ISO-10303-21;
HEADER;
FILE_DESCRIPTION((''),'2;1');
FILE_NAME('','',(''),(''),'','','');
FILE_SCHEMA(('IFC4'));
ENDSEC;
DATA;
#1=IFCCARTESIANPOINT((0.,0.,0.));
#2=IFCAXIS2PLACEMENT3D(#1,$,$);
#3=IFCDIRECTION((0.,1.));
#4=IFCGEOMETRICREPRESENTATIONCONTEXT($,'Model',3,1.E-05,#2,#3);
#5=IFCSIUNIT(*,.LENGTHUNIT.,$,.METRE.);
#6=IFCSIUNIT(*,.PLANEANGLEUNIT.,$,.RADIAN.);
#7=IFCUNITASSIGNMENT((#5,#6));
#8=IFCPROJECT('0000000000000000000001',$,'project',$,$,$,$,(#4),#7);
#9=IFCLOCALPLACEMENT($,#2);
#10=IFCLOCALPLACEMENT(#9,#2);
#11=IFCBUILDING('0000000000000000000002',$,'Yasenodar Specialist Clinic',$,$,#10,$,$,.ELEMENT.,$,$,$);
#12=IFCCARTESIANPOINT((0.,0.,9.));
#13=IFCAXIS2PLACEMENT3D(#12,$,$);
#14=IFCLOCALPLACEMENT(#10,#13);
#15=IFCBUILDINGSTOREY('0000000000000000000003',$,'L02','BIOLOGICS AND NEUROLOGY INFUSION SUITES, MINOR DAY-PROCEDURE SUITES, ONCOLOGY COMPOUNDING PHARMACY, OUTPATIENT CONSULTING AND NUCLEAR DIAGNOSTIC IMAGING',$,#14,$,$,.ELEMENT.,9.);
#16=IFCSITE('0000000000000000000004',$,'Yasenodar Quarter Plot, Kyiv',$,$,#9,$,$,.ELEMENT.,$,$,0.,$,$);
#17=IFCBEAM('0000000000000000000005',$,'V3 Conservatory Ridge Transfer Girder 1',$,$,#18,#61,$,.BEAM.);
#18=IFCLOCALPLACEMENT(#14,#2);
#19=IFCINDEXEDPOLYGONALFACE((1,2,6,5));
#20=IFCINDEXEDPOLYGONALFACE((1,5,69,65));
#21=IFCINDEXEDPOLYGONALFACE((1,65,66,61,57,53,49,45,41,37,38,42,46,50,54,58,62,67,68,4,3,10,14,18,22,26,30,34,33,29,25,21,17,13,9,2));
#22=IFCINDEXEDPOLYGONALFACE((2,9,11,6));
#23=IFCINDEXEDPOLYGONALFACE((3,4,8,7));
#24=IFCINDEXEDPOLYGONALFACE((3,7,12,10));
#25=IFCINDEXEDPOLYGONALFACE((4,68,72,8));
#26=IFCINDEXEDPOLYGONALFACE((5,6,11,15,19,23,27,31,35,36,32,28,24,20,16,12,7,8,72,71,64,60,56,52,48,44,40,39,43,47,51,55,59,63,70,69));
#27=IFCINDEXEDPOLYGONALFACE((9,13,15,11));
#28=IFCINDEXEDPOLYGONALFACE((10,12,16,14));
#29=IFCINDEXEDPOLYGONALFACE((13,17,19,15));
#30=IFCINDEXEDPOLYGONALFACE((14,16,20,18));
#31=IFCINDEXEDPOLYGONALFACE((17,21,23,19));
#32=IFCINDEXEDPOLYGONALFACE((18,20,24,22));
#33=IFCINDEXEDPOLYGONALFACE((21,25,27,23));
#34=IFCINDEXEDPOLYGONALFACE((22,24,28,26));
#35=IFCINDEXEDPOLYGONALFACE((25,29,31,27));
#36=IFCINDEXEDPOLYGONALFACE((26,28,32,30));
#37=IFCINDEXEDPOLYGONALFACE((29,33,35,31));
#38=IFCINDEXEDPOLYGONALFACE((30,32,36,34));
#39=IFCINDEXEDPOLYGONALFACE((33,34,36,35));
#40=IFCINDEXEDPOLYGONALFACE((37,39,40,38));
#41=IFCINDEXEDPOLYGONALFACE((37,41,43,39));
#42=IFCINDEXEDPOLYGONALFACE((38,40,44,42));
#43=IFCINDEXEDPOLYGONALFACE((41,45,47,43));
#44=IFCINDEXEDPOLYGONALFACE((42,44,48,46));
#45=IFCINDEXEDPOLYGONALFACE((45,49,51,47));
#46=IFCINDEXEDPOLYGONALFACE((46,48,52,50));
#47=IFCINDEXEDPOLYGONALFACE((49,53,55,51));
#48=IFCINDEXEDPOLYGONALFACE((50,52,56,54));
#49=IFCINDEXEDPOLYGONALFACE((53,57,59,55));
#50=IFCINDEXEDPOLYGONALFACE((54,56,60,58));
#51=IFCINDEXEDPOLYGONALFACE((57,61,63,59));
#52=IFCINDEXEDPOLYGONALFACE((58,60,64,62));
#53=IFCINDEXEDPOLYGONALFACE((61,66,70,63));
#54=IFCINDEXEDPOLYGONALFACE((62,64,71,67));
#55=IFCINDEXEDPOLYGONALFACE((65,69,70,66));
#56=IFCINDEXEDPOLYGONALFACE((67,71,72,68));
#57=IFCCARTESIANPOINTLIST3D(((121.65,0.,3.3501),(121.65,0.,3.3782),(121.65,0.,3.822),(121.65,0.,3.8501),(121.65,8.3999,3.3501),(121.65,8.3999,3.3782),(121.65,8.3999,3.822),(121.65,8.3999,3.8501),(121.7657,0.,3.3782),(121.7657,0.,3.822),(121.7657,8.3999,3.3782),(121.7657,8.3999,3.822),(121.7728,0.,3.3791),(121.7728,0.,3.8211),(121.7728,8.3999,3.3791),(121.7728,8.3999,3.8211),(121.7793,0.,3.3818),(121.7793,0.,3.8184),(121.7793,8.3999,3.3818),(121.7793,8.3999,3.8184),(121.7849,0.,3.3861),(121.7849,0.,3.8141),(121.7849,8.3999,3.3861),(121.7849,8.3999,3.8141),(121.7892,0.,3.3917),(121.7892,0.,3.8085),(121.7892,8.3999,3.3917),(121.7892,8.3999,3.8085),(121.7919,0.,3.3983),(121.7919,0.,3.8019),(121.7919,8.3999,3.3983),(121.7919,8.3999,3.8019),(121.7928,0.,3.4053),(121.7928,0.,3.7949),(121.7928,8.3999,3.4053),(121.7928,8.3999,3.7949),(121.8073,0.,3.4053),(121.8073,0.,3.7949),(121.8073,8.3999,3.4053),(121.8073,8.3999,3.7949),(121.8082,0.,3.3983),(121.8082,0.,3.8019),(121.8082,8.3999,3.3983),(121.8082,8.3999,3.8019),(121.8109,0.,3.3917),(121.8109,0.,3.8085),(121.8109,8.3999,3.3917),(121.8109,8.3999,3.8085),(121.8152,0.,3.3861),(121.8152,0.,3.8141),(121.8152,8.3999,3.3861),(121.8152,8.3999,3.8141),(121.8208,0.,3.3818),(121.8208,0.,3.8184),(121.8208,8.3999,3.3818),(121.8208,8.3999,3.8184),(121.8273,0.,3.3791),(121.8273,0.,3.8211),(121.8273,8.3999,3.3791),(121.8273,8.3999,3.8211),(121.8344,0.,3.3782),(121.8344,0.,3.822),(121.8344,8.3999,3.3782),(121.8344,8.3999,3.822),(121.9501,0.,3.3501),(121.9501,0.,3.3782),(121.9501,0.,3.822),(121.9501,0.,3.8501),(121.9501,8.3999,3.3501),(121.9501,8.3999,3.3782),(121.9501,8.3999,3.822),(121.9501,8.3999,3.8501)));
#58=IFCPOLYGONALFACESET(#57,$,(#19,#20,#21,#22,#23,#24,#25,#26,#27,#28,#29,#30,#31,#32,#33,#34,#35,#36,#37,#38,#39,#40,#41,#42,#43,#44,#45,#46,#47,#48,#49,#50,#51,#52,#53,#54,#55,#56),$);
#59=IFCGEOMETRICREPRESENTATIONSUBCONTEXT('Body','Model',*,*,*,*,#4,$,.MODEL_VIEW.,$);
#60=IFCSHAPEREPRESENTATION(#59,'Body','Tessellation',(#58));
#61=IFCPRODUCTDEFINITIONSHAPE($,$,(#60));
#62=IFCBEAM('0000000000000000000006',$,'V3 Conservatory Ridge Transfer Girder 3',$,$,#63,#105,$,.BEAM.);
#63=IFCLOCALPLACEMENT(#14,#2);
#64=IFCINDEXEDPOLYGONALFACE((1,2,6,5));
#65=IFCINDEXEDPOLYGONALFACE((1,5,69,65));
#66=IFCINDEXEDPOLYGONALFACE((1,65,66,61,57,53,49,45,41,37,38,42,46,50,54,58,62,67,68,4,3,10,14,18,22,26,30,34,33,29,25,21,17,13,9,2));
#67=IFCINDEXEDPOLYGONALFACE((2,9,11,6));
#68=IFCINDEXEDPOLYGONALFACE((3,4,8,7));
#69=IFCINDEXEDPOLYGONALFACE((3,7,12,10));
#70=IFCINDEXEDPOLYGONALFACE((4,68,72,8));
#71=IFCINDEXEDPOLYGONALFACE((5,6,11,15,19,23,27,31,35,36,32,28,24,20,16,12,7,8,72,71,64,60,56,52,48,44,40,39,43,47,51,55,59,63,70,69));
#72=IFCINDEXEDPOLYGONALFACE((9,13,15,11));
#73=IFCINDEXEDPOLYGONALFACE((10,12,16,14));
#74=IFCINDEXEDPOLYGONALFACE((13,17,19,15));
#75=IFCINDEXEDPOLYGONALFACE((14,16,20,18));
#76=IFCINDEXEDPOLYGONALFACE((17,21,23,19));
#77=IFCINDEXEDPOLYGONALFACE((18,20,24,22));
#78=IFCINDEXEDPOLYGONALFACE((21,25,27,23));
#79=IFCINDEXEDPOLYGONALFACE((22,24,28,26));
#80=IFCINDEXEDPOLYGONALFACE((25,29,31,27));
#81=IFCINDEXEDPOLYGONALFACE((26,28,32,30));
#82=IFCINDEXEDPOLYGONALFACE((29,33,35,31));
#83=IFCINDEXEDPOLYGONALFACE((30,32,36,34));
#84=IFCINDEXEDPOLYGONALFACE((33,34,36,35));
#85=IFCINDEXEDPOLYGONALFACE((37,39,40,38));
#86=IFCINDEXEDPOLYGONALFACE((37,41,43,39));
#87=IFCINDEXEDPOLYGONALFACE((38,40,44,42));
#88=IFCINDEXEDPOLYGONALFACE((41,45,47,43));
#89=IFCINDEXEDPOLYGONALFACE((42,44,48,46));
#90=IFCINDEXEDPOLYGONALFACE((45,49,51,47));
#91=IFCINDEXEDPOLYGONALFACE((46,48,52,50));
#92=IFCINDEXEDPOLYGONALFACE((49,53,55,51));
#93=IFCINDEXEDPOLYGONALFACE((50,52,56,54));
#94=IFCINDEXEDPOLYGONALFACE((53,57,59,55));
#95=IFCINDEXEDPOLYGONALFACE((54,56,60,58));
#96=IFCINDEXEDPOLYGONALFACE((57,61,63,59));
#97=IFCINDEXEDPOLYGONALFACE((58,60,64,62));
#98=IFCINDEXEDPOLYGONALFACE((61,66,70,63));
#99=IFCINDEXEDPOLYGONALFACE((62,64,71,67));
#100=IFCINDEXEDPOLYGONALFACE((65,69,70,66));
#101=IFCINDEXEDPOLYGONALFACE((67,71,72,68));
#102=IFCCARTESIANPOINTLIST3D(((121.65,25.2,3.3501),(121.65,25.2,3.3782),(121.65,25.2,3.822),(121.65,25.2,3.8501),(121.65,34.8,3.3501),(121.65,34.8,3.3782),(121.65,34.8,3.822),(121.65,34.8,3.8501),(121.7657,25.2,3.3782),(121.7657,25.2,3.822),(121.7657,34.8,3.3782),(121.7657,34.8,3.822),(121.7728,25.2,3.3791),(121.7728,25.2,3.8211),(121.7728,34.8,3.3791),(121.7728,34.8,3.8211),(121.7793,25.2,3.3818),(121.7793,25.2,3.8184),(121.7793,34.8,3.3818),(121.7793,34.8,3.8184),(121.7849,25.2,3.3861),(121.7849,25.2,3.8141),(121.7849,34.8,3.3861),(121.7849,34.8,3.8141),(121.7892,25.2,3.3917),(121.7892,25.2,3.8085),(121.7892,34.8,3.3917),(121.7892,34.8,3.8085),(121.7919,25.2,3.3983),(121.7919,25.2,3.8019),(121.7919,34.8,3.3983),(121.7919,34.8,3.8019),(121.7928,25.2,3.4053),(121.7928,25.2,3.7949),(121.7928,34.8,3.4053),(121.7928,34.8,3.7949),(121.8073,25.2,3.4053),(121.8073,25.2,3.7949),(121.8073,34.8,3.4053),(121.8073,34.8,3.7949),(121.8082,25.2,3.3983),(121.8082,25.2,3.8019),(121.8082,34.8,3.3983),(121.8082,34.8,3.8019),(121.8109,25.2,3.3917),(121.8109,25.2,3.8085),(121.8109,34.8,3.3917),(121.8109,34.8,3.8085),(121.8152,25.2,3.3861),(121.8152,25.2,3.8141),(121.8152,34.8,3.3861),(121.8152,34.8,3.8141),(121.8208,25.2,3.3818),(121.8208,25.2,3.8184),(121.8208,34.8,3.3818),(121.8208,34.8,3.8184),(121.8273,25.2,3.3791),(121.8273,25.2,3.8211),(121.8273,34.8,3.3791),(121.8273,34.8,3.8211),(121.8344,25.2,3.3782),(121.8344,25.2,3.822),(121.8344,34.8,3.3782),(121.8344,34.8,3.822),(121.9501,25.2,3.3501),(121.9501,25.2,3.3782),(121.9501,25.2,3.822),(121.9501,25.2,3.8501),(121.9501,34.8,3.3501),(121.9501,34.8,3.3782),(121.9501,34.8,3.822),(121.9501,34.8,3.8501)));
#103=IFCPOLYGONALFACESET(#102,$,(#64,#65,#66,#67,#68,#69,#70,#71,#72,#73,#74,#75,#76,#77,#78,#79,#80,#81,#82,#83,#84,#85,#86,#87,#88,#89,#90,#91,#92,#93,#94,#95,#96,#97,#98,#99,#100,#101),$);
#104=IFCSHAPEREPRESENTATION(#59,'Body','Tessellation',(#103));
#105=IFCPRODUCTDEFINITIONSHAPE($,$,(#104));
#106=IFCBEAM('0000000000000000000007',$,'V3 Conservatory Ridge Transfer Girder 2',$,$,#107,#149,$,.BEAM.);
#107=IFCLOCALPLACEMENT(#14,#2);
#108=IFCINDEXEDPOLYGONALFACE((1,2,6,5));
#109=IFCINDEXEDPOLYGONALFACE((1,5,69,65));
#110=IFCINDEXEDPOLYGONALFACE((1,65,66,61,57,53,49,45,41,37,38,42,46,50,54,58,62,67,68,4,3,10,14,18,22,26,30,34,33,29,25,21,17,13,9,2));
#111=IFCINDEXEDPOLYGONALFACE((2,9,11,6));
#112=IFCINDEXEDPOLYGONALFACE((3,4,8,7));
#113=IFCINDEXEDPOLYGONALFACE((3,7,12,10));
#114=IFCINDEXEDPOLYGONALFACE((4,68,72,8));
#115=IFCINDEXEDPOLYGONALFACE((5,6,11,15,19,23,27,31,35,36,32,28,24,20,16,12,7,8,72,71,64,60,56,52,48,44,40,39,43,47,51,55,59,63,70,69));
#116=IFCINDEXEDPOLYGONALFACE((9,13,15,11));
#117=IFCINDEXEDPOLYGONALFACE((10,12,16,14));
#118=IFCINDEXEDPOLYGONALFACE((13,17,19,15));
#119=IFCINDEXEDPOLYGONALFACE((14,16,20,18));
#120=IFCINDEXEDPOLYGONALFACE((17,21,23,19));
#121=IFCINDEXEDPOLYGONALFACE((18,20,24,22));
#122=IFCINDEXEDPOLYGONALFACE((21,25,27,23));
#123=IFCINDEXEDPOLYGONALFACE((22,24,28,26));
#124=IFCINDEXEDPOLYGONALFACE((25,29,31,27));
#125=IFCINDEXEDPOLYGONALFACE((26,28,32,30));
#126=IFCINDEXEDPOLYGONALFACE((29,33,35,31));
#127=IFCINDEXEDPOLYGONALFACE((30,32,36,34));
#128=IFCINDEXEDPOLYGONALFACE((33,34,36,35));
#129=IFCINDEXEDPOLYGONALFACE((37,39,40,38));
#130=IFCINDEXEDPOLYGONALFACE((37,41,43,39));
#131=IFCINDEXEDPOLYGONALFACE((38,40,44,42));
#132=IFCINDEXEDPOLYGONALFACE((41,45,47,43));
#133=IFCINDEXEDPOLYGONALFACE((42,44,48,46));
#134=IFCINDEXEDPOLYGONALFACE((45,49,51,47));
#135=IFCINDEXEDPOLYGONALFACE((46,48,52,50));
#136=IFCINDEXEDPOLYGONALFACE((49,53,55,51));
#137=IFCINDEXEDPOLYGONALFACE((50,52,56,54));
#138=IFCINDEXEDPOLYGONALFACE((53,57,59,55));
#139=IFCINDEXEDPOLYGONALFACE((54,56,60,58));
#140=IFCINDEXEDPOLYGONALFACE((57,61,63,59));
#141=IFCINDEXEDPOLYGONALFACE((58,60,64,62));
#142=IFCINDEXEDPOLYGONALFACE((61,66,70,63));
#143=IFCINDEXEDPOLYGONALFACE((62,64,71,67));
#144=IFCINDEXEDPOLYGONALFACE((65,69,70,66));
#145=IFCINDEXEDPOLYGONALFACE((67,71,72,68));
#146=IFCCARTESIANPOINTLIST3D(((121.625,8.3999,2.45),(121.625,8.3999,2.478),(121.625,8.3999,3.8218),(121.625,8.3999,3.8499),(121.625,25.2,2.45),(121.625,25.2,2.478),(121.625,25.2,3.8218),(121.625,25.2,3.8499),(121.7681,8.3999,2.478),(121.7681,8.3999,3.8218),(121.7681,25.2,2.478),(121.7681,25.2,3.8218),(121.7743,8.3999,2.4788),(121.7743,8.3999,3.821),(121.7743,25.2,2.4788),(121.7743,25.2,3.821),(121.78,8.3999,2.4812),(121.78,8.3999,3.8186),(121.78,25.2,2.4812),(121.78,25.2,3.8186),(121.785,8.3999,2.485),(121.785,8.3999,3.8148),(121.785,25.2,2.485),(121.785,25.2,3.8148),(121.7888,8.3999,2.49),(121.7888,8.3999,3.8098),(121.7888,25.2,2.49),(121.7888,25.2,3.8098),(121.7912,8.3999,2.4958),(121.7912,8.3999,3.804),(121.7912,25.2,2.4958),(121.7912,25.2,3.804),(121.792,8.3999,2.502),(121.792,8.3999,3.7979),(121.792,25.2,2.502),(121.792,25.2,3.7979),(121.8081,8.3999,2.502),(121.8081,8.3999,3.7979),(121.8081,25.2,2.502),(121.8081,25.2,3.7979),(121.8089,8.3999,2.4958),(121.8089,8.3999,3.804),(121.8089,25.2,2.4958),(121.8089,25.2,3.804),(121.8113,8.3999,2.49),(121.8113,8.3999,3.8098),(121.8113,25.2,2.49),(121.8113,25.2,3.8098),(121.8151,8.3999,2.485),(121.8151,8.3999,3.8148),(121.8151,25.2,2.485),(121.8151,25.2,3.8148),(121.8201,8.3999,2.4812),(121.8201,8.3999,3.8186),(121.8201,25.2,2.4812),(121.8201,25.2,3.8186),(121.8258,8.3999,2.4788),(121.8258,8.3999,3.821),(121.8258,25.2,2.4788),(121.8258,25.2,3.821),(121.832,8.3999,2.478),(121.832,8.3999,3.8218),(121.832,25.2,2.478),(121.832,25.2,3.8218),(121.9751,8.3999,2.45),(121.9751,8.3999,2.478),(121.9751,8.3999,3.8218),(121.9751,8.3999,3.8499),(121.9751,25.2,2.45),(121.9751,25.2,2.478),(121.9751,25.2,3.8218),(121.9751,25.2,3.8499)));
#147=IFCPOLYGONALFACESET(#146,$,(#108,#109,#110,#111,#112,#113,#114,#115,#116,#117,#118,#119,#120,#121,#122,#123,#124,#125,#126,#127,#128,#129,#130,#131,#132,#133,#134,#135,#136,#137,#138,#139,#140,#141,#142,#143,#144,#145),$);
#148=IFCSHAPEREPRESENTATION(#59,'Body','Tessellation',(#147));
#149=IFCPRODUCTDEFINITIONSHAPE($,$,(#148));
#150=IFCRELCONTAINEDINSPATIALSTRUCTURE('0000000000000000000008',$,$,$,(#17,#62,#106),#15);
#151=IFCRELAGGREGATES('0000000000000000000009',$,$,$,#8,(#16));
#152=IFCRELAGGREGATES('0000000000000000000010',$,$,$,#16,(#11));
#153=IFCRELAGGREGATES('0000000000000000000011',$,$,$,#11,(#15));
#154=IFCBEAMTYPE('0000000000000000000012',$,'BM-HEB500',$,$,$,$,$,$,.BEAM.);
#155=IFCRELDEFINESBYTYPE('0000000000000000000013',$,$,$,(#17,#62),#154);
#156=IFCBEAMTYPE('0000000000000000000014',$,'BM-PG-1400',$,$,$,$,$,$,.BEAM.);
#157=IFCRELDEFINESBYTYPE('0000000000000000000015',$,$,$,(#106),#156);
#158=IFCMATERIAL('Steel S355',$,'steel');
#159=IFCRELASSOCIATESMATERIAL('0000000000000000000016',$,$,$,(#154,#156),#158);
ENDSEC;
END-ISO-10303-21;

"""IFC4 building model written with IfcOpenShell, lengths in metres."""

from ifc_helpers import new_model, si_unit, direction, frame, origin, origin_2d, place, context, subcontext, project, spatial, i_section, extrude, material, material_profile, profile_set, type_object, element, save


model = new_model("IFC4")

# Units and contexts
model_context = context("Model", 3, precision=1e-05, world=origin(), true_north=direction((0.0, 1.0)))
body_context = subcontext(model_context, "Body", "Model", "MODEL_VIEW")
ifc_project = project(units=[si_unit("LENGTHUNIT", "METRE"), si_unit("PLANEANGLEUNIT", "RADIAN")], contexts=[model_context])

# Site, building, storey
site_placement = place(None, origin())
site = spatial("IfcSite", under=ifc_project, at=site_placement, Name="Yasenodar Quarter Plot, Kyiv", CompositionType="ELEMENT", RefElevation=0.0)
building_placement = place(site_placement, origin())
building = spatial("IfcBuilding", under=site, at=building_placement, Name="Yasenodar Specialist Clinic", CompositionType="ELEMENT")
storey_placement = place(building_placement, frame((0.0, 0.0, 9.0)))
storey = spatial("IfcBuildingStorey", under=building, at=storey_placement, Name="L02", Description="BIOLOGICS AND NEUROLOGY INFUSION SUITES, MINOR DAY-PROCEDURE SUITES, ONCOLOGY COMPOUNDING PHARMACY, OUTPATIENT CONSULTING AND NUCLEAR DIAGNOSTIC IMAGING", CompositionType="ELEMENT", Elevation=9.0)

# Shared definitions
ifc_material = material(Name="Steel S355", Category="steel")

# Beams
ifc_material_profile_1 = material_profile(ifc_material, i_section(OverallWidth=0.3, OverallDepth=0.5, WebThickness=0.0144, FlangeThickness=0.0281, FilletRadius=0.0271, at=origin_2d()), Name="HEB 500")
ifc_profile_set_1 = profile_set([ifc_material_profile_1], Name="Steel S355")
beam_type_1 = type_object("IfcBeamType", Name="BM-HEB500", PredefinedType="BEAM", material=ifc_profile_set_1)
beam_1_placement = place(storey_placement, frame((121.8, 0.0, 3.6001), z_axis=(0.0, 1.0, 0.0), x_axis=(-1.0, 0.0, 0.0)))
element("IfcBeam", 1, at=beam_1_placement, inside=storey, type_object=beam_type_1, Name="V3 Conservatory Ridge Transfer Girder 1", PredefinedType="BEAM", context=body_context, shape_type="SweptSolid", body=[
    extrude(i_section(OverallWidth=0.3, OverallDepth=0.5, WebThickness=0.0144, FlangeThickness=0.0281, FilletRadius=0.0271, at=origin_2d()), origin(), (0.0, 0.0, 1.0), 8.3999),
])
beam_2_placement = place(storey_placement, frame((121.8, 25.2, 3.6001), z_axis=(0.0, 1.0, 0.0), x_axis=(-1.0, 0.0, 0.0)))
element("IfcBeam", 2, at=beam_2_placement, inside=storey, type_object=beam_type_1, Name="V3 Conservatory Ridge Transfer Girder 3", PredefinedType="BEAM", context=body_context, shape_type="SweptSolid", body=[
    extrude(i_section(OverallWidth=0.3, OverallDepth=0.5, WebThickness=0.0144, FlangeThickness=0.0281, FilletRadius=0.0271, at=origin_2d()), origin(), (0.0, 0.0, 1.0), 9.6001),
])
ifc_material_profile_2 = material_profile(ifc_material, i_section(OverallWidth=0.3501, OverallDepth=1.3999, WebThickness=0.0161, FlangeThickness=0.0281, FilletRadius=0.0239, at=origin_2d()), Name="PG 1400x350")
ifc_profile_set_2 = profile_set([ifc_material_profile_2], Name="Steel S355")
beam_type_2 = type_object("IfcBeamType", Name="BM-PG-1400", PredefinedType="BEAM", material=ifc_profile_set_2)
beam_3_placement = place(storey_placement, frame((121.8, 8.3999, 3.1499), z_axis=(0.0, 1.0, 0.0), x_axis=(-1.0, 0.0, 0.0)))
element("IfcBeam", 3, at=beam_3_placement, inside=storey, type_object=beam_type_2, Name="V3 Conservatory Ridge Transfer Girder 2", PredefinedType="BEAM", context=body_context, shape_type="SweptSolid", body=[
    extrude(i_section(OverallWidth=0.3501, OverallDepth=1.3999, WebThickness=0.0161, FlangeThickness=0.0281, FilletRadius=0.0239, at=origin_2d()), origin(), (0.0, 0.0, 1.0), 16.8),
])

save(model, "model.ifc")
